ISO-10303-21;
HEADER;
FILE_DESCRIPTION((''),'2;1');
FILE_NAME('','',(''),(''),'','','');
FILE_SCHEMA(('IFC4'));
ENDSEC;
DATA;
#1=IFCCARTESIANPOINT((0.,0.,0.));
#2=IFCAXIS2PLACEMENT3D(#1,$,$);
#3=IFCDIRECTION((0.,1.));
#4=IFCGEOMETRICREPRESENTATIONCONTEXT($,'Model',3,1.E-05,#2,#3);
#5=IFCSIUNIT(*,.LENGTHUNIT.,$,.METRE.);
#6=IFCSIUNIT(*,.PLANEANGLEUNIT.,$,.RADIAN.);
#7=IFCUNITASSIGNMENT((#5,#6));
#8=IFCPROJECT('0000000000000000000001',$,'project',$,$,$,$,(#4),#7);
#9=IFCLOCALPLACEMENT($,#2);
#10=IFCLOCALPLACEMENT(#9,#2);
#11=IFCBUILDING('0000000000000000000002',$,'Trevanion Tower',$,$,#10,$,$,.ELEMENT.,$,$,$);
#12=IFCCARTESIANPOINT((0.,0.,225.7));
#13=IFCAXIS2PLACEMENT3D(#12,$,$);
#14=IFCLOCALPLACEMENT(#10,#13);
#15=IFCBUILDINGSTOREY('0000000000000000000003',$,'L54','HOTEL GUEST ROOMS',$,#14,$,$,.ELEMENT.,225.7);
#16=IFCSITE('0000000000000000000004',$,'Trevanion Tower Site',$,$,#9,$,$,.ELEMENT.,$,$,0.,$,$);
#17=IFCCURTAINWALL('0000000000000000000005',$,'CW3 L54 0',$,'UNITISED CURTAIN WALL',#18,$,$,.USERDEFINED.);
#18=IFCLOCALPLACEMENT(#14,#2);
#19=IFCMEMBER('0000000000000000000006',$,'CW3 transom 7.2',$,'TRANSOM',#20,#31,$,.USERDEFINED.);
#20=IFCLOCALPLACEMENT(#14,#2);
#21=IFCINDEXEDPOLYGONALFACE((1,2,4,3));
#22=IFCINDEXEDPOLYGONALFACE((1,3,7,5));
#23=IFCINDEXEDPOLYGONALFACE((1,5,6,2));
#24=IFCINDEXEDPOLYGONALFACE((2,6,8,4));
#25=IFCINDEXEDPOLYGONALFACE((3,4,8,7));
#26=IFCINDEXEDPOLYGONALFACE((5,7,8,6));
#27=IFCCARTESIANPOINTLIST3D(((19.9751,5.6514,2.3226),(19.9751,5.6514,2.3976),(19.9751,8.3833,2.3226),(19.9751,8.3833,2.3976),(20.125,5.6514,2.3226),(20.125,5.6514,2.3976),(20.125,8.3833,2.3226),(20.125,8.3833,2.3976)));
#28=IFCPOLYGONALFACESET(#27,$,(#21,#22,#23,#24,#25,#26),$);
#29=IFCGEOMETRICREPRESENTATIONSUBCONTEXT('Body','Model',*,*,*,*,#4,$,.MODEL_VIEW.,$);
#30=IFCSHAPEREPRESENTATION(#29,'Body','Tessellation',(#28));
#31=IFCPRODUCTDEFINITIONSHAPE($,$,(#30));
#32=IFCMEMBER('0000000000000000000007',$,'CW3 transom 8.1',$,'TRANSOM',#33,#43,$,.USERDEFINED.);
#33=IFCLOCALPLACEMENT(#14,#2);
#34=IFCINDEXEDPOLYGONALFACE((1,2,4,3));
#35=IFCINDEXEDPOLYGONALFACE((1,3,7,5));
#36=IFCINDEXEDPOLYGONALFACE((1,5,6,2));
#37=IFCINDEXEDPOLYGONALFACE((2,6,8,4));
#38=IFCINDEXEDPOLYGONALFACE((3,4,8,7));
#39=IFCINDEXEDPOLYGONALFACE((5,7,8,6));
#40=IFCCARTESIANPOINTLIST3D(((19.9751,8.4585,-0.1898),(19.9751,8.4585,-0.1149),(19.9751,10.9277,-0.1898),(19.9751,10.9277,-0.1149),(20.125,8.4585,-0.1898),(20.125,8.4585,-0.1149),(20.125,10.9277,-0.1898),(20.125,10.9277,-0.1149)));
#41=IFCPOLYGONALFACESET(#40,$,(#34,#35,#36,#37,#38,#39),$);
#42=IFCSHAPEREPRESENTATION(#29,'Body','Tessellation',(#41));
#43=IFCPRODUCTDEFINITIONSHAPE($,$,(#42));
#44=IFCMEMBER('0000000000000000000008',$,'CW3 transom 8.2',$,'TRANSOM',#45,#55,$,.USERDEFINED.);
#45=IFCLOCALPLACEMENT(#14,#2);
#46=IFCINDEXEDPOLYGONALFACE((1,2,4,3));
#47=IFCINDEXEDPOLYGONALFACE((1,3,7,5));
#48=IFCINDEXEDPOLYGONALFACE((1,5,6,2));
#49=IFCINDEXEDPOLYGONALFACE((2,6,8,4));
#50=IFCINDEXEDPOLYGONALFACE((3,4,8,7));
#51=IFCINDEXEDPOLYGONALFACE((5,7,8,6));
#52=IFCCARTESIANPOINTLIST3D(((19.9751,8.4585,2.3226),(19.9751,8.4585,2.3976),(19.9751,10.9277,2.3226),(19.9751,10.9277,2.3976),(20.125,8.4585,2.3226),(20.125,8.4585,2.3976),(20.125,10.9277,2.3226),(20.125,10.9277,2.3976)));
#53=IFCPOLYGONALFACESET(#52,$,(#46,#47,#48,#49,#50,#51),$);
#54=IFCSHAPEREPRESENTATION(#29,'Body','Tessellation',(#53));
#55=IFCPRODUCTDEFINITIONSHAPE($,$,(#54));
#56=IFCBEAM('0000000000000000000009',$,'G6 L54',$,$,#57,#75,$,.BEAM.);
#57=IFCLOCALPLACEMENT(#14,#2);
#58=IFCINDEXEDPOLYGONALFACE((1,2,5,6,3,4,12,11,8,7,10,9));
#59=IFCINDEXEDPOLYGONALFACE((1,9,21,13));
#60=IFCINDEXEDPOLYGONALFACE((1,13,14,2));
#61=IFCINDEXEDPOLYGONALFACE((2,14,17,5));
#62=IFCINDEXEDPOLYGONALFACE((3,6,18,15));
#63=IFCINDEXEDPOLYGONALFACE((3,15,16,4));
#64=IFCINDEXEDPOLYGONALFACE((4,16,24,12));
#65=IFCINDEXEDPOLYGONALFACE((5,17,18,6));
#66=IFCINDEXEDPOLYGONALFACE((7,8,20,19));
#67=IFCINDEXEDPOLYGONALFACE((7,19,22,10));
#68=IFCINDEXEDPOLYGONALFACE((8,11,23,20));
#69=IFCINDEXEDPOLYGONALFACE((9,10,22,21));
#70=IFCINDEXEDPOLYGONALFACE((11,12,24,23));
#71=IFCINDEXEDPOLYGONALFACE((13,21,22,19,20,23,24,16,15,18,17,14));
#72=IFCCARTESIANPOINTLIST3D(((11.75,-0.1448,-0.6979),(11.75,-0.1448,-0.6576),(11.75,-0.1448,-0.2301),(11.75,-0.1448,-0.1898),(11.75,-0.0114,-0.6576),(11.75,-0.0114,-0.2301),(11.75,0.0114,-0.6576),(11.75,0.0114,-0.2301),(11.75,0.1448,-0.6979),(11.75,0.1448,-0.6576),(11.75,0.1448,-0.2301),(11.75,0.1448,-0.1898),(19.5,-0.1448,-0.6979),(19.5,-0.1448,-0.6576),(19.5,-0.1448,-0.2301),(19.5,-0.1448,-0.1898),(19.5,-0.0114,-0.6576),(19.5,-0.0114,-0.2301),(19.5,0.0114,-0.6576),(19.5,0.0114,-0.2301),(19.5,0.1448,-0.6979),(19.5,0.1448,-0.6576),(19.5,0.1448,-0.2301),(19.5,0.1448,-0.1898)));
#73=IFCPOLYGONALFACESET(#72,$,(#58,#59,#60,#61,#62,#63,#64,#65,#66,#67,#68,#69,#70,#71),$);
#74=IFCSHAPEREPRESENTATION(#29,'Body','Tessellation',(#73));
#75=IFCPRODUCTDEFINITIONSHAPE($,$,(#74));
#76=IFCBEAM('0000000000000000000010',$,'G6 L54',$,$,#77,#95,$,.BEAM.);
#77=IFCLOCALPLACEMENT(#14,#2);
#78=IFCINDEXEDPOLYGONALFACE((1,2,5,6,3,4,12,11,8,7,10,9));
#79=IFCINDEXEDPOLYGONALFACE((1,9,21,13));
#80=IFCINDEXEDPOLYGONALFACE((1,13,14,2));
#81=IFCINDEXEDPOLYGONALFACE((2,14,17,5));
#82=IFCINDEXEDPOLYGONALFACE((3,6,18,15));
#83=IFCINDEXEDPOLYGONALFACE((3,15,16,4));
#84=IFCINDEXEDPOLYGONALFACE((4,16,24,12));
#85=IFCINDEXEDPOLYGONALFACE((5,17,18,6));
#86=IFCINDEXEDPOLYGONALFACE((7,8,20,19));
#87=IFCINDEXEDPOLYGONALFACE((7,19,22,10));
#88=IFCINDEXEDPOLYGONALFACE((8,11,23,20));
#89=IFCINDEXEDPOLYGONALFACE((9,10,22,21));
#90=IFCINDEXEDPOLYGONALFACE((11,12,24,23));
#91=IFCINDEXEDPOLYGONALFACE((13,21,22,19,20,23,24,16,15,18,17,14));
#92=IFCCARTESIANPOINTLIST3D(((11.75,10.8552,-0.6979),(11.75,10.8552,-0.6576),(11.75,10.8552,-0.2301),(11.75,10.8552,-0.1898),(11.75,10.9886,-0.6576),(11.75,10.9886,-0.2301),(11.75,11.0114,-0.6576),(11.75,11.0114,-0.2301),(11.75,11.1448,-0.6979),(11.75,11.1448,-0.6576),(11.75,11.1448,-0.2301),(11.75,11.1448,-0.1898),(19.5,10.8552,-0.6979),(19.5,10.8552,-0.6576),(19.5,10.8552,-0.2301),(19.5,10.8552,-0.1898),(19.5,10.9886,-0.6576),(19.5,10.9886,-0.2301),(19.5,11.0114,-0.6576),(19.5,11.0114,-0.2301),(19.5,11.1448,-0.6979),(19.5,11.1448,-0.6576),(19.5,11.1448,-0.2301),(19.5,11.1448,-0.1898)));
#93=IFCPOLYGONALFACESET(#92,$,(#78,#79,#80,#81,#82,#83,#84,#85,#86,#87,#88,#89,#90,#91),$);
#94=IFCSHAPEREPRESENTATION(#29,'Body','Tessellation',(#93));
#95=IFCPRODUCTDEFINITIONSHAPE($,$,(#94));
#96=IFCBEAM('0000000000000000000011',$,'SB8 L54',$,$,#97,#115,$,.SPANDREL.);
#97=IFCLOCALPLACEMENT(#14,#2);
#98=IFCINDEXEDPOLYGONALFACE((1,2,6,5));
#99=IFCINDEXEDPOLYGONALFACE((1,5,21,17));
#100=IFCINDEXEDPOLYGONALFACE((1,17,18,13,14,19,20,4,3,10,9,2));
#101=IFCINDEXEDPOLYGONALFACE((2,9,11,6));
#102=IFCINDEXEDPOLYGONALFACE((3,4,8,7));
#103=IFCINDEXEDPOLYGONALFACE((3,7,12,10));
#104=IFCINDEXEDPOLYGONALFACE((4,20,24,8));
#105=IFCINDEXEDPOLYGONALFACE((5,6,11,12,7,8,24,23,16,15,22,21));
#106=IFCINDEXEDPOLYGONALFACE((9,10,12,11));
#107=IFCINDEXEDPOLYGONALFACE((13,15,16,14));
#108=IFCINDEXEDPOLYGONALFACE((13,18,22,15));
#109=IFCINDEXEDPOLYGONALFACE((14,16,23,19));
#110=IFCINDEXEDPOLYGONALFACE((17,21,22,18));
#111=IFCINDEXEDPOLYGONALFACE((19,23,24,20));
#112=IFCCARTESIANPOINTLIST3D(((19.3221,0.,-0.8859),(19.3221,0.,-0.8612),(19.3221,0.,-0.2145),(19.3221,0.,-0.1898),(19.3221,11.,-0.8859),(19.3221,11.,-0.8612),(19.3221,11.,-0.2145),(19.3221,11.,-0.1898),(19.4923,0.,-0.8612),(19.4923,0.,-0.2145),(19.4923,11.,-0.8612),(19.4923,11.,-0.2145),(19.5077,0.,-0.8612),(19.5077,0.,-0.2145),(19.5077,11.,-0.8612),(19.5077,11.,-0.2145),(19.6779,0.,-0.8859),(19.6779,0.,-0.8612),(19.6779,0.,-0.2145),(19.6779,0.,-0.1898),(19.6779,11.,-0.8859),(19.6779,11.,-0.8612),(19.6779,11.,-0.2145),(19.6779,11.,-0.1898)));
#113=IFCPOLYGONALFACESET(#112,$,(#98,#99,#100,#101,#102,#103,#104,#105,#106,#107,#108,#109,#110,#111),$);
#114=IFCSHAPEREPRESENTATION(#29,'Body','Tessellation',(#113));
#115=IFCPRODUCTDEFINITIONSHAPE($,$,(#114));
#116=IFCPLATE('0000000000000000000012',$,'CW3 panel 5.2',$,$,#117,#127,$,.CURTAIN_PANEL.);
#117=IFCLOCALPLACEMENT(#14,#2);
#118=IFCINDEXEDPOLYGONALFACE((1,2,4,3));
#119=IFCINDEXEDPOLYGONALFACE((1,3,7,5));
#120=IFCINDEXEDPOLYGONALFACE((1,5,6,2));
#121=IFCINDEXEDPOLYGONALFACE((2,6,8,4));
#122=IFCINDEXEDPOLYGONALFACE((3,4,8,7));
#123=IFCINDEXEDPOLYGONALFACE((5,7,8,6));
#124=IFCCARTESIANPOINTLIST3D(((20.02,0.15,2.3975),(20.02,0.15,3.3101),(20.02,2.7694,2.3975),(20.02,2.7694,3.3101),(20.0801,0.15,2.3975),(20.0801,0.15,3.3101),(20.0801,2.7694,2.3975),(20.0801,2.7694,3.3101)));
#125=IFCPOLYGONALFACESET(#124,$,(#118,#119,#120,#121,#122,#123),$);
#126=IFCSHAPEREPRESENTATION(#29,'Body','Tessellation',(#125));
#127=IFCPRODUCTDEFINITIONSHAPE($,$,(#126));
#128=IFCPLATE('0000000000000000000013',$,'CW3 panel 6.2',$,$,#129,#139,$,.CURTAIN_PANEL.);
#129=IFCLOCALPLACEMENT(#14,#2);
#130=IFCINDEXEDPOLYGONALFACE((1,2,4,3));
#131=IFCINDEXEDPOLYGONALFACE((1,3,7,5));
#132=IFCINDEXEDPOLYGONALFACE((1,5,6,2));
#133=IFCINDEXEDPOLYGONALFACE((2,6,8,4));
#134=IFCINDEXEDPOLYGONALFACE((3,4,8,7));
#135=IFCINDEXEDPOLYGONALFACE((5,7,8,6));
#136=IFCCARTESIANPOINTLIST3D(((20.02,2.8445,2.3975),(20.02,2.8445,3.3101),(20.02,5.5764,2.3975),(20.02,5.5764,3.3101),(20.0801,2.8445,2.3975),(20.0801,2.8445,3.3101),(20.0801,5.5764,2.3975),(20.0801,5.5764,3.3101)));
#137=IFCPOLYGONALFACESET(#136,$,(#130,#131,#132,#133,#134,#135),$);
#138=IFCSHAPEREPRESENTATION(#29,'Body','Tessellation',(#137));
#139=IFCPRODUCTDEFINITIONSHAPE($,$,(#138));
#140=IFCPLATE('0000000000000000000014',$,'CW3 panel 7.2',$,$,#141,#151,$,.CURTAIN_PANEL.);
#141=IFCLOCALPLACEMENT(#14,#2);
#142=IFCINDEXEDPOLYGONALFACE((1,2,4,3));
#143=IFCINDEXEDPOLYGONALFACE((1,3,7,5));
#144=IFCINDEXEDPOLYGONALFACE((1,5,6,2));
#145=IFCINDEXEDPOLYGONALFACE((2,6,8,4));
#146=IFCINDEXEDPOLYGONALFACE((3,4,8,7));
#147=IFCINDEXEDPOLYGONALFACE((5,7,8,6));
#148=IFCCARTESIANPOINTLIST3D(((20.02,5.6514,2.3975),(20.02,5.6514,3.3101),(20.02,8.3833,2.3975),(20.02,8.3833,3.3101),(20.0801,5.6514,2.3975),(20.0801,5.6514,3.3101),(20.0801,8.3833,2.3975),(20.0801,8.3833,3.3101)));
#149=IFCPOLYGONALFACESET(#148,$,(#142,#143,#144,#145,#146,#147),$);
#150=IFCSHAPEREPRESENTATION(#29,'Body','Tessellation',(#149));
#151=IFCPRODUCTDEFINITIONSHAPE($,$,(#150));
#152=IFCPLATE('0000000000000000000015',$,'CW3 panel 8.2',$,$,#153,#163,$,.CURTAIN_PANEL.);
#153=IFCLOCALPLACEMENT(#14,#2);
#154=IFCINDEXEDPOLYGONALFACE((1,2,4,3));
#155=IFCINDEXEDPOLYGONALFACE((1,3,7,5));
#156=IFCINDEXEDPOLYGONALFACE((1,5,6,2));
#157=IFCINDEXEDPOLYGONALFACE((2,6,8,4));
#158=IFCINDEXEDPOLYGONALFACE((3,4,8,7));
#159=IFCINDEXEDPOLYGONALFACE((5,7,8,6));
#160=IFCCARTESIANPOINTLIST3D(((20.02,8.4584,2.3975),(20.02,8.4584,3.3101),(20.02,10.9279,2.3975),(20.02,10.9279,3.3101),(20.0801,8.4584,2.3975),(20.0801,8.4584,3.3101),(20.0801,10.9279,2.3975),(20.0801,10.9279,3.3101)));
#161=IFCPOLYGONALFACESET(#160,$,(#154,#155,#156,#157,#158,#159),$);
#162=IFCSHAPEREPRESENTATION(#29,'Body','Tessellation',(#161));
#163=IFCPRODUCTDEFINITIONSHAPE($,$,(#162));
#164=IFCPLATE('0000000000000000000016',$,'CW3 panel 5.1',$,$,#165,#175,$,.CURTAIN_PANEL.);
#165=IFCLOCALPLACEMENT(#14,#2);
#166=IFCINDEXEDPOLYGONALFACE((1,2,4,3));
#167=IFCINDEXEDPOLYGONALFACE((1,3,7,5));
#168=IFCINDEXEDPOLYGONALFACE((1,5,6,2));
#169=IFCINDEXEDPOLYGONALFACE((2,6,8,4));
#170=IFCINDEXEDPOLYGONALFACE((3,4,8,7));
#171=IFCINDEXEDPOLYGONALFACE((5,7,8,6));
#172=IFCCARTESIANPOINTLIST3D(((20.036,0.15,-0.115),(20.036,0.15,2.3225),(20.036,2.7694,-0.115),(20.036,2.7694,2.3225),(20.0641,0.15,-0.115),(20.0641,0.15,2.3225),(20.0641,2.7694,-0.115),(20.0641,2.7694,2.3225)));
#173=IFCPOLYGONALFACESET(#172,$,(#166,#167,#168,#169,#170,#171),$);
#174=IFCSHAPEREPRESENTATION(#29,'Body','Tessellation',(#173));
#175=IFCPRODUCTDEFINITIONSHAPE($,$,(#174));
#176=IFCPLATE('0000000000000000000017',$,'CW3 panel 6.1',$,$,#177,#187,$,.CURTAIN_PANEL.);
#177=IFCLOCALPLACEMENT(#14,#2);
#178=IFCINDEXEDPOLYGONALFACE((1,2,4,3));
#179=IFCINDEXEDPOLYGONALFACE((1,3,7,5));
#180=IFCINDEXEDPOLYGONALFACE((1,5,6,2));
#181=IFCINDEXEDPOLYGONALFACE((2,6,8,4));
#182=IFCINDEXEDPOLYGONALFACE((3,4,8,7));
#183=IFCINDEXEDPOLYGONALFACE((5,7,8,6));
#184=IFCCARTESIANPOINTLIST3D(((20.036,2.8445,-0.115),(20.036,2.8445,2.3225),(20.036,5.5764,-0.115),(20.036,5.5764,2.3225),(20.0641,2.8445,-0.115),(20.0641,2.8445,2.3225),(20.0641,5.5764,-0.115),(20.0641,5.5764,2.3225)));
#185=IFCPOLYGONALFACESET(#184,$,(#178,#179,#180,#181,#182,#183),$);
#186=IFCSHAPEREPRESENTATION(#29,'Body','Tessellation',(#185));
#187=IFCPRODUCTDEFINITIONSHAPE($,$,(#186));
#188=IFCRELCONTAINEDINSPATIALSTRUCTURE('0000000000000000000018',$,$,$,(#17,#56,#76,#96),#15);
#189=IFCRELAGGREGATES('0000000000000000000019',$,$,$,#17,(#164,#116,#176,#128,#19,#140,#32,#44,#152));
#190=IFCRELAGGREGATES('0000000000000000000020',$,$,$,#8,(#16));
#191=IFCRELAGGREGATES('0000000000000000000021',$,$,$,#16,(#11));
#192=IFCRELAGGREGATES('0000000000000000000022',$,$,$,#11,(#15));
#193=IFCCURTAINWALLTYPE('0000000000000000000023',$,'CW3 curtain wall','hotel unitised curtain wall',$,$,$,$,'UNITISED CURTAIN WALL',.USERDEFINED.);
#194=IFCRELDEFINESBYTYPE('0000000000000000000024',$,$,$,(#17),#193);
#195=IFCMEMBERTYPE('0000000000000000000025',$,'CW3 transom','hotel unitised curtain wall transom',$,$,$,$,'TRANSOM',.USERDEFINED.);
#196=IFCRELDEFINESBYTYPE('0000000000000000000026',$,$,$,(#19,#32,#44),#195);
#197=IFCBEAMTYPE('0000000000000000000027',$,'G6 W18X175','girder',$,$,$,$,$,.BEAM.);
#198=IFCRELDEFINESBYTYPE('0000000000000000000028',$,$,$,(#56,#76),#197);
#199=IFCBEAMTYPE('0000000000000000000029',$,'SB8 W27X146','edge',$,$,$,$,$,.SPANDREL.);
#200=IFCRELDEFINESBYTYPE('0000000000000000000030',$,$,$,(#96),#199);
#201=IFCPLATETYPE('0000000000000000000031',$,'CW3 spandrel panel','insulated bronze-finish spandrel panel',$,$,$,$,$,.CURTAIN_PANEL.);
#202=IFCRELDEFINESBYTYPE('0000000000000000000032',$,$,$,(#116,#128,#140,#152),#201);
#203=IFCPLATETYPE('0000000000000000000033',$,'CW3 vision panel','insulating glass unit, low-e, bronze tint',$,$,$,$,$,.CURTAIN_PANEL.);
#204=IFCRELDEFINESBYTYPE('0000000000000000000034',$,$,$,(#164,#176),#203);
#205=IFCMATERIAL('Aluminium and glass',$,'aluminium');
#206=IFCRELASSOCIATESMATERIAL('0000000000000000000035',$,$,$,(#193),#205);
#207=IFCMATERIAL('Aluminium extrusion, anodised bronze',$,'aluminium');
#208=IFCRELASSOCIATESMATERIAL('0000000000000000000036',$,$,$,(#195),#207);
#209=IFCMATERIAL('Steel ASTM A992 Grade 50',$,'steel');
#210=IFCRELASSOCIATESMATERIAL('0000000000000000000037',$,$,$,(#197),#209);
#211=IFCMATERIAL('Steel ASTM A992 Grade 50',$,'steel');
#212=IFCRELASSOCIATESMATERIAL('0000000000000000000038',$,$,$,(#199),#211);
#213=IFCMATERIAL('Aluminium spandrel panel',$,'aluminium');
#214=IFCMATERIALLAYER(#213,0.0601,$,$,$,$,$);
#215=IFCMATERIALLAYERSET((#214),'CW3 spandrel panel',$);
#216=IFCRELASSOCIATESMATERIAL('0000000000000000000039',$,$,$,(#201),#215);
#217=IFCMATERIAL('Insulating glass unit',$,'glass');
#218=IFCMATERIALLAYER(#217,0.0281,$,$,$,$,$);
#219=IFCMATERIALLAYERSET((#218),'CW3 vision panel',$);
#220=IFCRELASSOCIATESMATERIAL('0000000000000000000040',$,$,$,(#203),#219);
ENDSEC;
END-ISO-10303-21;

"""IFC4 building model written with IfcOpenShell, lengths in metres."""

from ifc_helpers import new_model, si_unit, direction, frame, origin, origin_2d, place, context, subcontext, project, spatial, rectangle, i_section, extrude, material, layer, layer_set, material_profile, profile_set, type_object, element, aggregate, save


model = new_model("IFC4")

# Units and contexts
model_context = context("Model", 3, precision=1e-05, world=origin(), true_north=direction((0.0, 1.0)))
body_context = subcontext(model_context, "Body", "Model", "MODEL_VIEW")
ifc_project = project(units=[si_unit("LENGTHUNIT", "METRE"), si_unit("PLANEANGLEUNIT", "RADIAN")], contexts=[model_context])

# Site, building, storey
site_placement = place(None, origin())
site = spatial("IfcSite", under=ifc_project, at=site_placement, Name="Trevanion Tower Site", CompositionType="ELEMENT", RefElevation=0.0)
building_placement = place(site_placement, origin())
building = spatial("IfcBuilding", under=site, at=building_placement, Name="Trevanion Tower", CompositionType="ELEMENT")
storey_placement = place(building_placement, frame((0.0, 0.0, 225.7)))
storey = spatial("IfcBuildingStorey", under=building, at=storey_placement, Name="L54", Description="HOTEL GUEST ROOMS", CompositionType="ELEMENT", Elevation=225.7)

# Curtain wall, members
ifc_material_1 = material(Name="Aluminium and glass", Category="aluminium")
curtain_wall_type = type_object("IfcCurtainWallType", Name="CW3 curtain wall", Description="hotel unitised curtain wall", ElementType="UNITISED CURTAIN WALL", PredefinedType="USERDEFINED", material=ifc_material_1)
curtain_wall_placement = place(storey_placement, origin())
curtain_wall = element("IfcCurtainWall", 1, at=curtain_wall_placement, inside=storey, type_object=curtain_wall_type, Name="CW3 L54 0", ObjectType="UNITISED CURTAIN WALL", PredefinedType="USERDEFINED")
ifc_material_2 = material(Name="Aluminium extrusion, anodised bronze", Category="aluminium")
ifc_material_profile_1 = material_profile(ifc_material_2, rectangle(XDim=0.1499, YDim=0.075, at=origin_2d()), Name="CW3 transom")
ifc_profile_set_1 = profile_set([ifc_material_profile_1], Name="Aluminium extrusion, anodised bronze")
member_type_1 = type_object("IfcMemberType", Name="CW3 transom", Description="hotel unitised curtain wall transom", ElementType="TRANSOM", PredefinedType="USERDEFINED", material=ifc_profile_set_1)
member_1_placement = place(storey_placement, frame((20.05, 5.6514, 2.3601), z_axis=(0.0, 1.0, 0.0), x_axis=(-1.0, 0.0, 0.0)))
member_1 = element("IfcMember", 2, at=member_1_placement, type_object=member_type_1, Name="CW3 transom 7.2", ObjectType="TRANSOM", PredefinedType="USERDEFINED", context=body_context, shape_type="SweptSolid", body=[
    extrude(rectangle(XDim=0.1499, YDim=0.075, at=origin_2d()), origin(), (0.0, 0.0, 1.0), 2.7319),
])
member_2_placement = place(storey_placement, frame((20.05, 8.4585, -0.1523), z_axis=(0.0, 1.0, 0.0), x_axis=(-1.0, 0.0, 0.0)))
member_2 = element("IfcMember", 3, at=member_2_placement, type_object=member_type_1, Name="CW3 transom 8.1", ObjectType="TRANSOM", PredefinedType="USERDEFINED", context=body_context, shape_type="SweptSolid", body=[
    extrude(rectangle(XDim=0.1499, YDim=0.075, at=origin_2d()), origin(), (0.0, 0.0, 1.0), 2.4692),
])
member_3_placement = place(storey_placement, frame((20.05, 8.4585, 2.3601), z_axis=(0.0, 1.0, 0.0), x_axis=(-1.0, 0.0, 0.0)))
member_3 = element("IfcMember", 4, at=member_3_placement, type_object=member_type_1, Name="CW3 transom 8.2", ObjectType="TRANSOM", PredefinedType="USERDEFINED", context=body_context, shape_type="SweptSolid", body=[
    extrude(rectangle(XDim=0.1499, YDim=0.075, at=origin_2d()), origin(), (0.0, 0.0, 1.0), 2.4692),
])

# Beams
ifc_material_3 = material(Name="Steel ASTM A992 Grade 50", Category="steel")
ifc_material_profile_2 = material_profile(ifc_material_3, i_section(OverallWidth=0.2896, OverallDepth=0.5081, WebThickness=0.0227, FlangeThickness=0.0403, at=origin_2d()), Name="W18X175")
ifc_profile_set_2 = profile_set([ifc_material_profile_2], Name="Steel ASTM A992 Grade 50")
beam_type_1 = type_object("IfcBeamType", Name="G6 W18X175", Description="girder", PredefinedType="BEAM", material=ifc_profile_set_2)
for number, where, z_axis, x_axis, name in (
    (5, (11.75, 0.0, -0.4438), (1.0, 0.0, 0.0), (0.0, 1.0, 0.0), "G6 L54"),
    (6, (11.75, 11.0, -0.4438), (1.0, 0.0, 0.0), (0.0, 1.0, 0.0), "G6 L54"),
):
    element("IfcBeam", number, at=place(storey_placement, frame(where, z_axis=z_axis, x_axis=x_axis)), inside=storey, type_object=beam_type_1, Name=name, PredefinedType="BEAM", context=body_context, shape_type="SweptSolid", body=[
        extrude(i_section(OverallWidth=0.2896, OverallDepth=0.5081, WebThickness=0.0227, FlangeThickness=0.0403, at=origin_2d()), origin(), (0.0, 0.0, 1.0), 7.75),
    ])
ifc_material_4 = material(Name="Steel ASTM A992 Grade 50", Category="steel")
ifc_material_profile_3 = material_profile(ifc_material_4, i_section(OverallWidth=0.3557, OverallDepth=0.696, WebThickness=0.0154, FlangeThickness=0.0247, at=origin_2d()), Name="W27X146")
ifc_profile_set_3 = profile_set([ifc_material_profile_3], Name="Steel ASTM A992 Grade 50")
beam_type_2 = type_object("IfcBeamType", Name="SB8 W27X146", Description="edge", PredefinedType="SPANDREL", material=ifc_profile_set_3)
beam_placement = place(storey_placement, frame((19.5, 0.0, -0.5378), z_axis=(0.0, 1.0, 0.0), x_axis=(-1.0, 0.0, 0.0)))
element("IfcBeam", 7, at=beam_placement, inside=storey, type_object=beam_type_2, Name="SB8 L54", PredefinedType="SPANDREL", context=body_context, shape_type="SweptSolid", body=[
    extrude(i_section(OverallWidth=0.3557, OverallDepth=0.696, WebThickness=0.0154, FlangeThickness=0.0247, at=origin_2d()), origin(), (0.0, 0.0, 1.0), 11.0),
])

# Plates
ifc_material_5 = material(Name="Aluminium spandrel panel", Category="aluminium")
ifc_layer_1 = layer(ifc_material_5, 0.0601)
ifc_layer_set_1 = layer_set([ifc_layer_1], Name="CW3 spandrel panel")
plate_type_1 = type_object("IfcPlateType", Name="CW3 spandrel panel", Description="insulated bronze-finish spandrel panel", PredefinedType="CURTAIN_PANEL", material=ifc_layer_set_1)
plate_1_placement = place(storey_placement, frame((20.05, 1.4597, 2.3975), z_axis=(0.0, 0.0, 1.0), x_axis=(0.0, 1.0, 0.0)))
plate_1 = element("IfcPlate", 8, at=plate_1_placement, type_object=plate_type_1, Name="CW3 panel 5.2", PredefinedType="CURTAIN_PANEL", context=body_context, shape_type="SweptSolid", body=[
    extrude(rectangle(XDim=2.6194, YDim=0.0601, at=origin_2d()), origin(), (0.0, 0.0, 1.0), 0.9126),
])
plate_2_placement = place(storey_placement, frame((20.05, 4.2104, 2.3975), z_axis=(0.0, 0.0, 1.0), x_axis=(0.0, 1.0, 0.0)))
plate_2 = element("IfcPlate", 9, at=plate_2_placement, type_object=plate_type_1, Name="CW3 panel 6.2", PredefinedType="CURTAIN_PANEL", context=body_context, shape_type="SweptSolid", body=[
    extrude(rectangle(XDim=2.7319, YDim=0.0601, at=origin_2d()), origin(), (0.0, 0.0, 1.0), 0.9126),
])
plate_3_placement = place(storey_placement, frame((20.05, 7.0173, 2.3975), z_axis=(0.0, 0.0, 1.0), x_axis=(0.0, 1.0, 0.0)))
plate_3 = element("IfcPlate", 10, at=plate_3_placement, type_object=plate_type_1, Name="CW3 panel 7.2", PredefinedType="CURTAIN_PANEL", context=body_context, shape_type="SweptSolid", body=[
    extrude(rectangle(XDim=2.7319, YDim=0.0601, at=origin_2d()), origin(), (0.0, 0.0, 1.0), 0.9126),
])
plate_4_placement = place(storey_placement, frame((20.05, 9.6931, 2.3975), z_axis=(0.0, 0.0, 1.0), x_axis=(0.0, 1.0, 0.0)))
plate_4 = element("IfcPlate", 11, at=plate_4_placement, type_object=plate_type_1, Name="CW3 panel 8.2", PredefinedType="CURTAIN_PANEL", context=body_context, shape_type="SweptSolid", body=[
    extrude(rectangle(XDim=2.4695, YDim=0.0601, at=origin_2d()), origin(), (0.0, 0.0, 1.0), 0.9126),
])
ifc_material_6 = material(Name="Insulating glass unit", Category="glass")
ifc_layer_2 = layer(ifc_material_6, 0.0281)
ifc_layer_set_2 = layer_set([ifc_layer_2], Name="CW3 vision panel")
plate_type_2 = type_object("IfcPlateType", Name="CW3 vision panel", Description="insulating glass unit, low-e, bronze tint", PredefinedType="CURTAIN_PANEL", material=ifc_layer_set_2)
plate_5_placement = place(storey_placement, frame((20.05, 1.4597, -0.115), z_axis=(0.0, 0.0, 1.0), x_axis=(0.0, 1.0, 0.0)))
plate_5 = element("IfcPlate", 12, at=plate_5_placement, type_object=plate_type_2, Name="CW3 panel 5.1", PredefinedType="CURTAIN_PANEL", context=body_context, shape_type="SweptSolid", body=[
    extrude(rectangle(XDim=2.6194, YDim=0.0281, at=origin_2d()), origin(), (0.0, 0.0, 1.0), 2.4375),
])
plate_6_placement = place(storey_placement, frame((20.05, 4.2104, -0.115), z_axis=(0.0, 0.0, 1.0), x_axis=(0.0, 1.0, 0.0)))
plate_6 = element("IfcPlate", 13, at=plate_6_placement, type_object=plate_type_2, Name="CW3 panel 6.1", PredefinedType="CURTAIN_PANEL", context=body_context, shape_type="SweptSolid", body=[
    extrude(rectangle(XDim=2.7319, YDim=0.0281, at=origin_2d()), origin(), (0.0, 0.0, 1.0), 2.4375),
])
aggregate(curtain_wall, [plate_5, plate_1, plate_6, plate_2, member_1, plate_3, member_2, member_3, plate_4])

save(model, "model.ifc")
